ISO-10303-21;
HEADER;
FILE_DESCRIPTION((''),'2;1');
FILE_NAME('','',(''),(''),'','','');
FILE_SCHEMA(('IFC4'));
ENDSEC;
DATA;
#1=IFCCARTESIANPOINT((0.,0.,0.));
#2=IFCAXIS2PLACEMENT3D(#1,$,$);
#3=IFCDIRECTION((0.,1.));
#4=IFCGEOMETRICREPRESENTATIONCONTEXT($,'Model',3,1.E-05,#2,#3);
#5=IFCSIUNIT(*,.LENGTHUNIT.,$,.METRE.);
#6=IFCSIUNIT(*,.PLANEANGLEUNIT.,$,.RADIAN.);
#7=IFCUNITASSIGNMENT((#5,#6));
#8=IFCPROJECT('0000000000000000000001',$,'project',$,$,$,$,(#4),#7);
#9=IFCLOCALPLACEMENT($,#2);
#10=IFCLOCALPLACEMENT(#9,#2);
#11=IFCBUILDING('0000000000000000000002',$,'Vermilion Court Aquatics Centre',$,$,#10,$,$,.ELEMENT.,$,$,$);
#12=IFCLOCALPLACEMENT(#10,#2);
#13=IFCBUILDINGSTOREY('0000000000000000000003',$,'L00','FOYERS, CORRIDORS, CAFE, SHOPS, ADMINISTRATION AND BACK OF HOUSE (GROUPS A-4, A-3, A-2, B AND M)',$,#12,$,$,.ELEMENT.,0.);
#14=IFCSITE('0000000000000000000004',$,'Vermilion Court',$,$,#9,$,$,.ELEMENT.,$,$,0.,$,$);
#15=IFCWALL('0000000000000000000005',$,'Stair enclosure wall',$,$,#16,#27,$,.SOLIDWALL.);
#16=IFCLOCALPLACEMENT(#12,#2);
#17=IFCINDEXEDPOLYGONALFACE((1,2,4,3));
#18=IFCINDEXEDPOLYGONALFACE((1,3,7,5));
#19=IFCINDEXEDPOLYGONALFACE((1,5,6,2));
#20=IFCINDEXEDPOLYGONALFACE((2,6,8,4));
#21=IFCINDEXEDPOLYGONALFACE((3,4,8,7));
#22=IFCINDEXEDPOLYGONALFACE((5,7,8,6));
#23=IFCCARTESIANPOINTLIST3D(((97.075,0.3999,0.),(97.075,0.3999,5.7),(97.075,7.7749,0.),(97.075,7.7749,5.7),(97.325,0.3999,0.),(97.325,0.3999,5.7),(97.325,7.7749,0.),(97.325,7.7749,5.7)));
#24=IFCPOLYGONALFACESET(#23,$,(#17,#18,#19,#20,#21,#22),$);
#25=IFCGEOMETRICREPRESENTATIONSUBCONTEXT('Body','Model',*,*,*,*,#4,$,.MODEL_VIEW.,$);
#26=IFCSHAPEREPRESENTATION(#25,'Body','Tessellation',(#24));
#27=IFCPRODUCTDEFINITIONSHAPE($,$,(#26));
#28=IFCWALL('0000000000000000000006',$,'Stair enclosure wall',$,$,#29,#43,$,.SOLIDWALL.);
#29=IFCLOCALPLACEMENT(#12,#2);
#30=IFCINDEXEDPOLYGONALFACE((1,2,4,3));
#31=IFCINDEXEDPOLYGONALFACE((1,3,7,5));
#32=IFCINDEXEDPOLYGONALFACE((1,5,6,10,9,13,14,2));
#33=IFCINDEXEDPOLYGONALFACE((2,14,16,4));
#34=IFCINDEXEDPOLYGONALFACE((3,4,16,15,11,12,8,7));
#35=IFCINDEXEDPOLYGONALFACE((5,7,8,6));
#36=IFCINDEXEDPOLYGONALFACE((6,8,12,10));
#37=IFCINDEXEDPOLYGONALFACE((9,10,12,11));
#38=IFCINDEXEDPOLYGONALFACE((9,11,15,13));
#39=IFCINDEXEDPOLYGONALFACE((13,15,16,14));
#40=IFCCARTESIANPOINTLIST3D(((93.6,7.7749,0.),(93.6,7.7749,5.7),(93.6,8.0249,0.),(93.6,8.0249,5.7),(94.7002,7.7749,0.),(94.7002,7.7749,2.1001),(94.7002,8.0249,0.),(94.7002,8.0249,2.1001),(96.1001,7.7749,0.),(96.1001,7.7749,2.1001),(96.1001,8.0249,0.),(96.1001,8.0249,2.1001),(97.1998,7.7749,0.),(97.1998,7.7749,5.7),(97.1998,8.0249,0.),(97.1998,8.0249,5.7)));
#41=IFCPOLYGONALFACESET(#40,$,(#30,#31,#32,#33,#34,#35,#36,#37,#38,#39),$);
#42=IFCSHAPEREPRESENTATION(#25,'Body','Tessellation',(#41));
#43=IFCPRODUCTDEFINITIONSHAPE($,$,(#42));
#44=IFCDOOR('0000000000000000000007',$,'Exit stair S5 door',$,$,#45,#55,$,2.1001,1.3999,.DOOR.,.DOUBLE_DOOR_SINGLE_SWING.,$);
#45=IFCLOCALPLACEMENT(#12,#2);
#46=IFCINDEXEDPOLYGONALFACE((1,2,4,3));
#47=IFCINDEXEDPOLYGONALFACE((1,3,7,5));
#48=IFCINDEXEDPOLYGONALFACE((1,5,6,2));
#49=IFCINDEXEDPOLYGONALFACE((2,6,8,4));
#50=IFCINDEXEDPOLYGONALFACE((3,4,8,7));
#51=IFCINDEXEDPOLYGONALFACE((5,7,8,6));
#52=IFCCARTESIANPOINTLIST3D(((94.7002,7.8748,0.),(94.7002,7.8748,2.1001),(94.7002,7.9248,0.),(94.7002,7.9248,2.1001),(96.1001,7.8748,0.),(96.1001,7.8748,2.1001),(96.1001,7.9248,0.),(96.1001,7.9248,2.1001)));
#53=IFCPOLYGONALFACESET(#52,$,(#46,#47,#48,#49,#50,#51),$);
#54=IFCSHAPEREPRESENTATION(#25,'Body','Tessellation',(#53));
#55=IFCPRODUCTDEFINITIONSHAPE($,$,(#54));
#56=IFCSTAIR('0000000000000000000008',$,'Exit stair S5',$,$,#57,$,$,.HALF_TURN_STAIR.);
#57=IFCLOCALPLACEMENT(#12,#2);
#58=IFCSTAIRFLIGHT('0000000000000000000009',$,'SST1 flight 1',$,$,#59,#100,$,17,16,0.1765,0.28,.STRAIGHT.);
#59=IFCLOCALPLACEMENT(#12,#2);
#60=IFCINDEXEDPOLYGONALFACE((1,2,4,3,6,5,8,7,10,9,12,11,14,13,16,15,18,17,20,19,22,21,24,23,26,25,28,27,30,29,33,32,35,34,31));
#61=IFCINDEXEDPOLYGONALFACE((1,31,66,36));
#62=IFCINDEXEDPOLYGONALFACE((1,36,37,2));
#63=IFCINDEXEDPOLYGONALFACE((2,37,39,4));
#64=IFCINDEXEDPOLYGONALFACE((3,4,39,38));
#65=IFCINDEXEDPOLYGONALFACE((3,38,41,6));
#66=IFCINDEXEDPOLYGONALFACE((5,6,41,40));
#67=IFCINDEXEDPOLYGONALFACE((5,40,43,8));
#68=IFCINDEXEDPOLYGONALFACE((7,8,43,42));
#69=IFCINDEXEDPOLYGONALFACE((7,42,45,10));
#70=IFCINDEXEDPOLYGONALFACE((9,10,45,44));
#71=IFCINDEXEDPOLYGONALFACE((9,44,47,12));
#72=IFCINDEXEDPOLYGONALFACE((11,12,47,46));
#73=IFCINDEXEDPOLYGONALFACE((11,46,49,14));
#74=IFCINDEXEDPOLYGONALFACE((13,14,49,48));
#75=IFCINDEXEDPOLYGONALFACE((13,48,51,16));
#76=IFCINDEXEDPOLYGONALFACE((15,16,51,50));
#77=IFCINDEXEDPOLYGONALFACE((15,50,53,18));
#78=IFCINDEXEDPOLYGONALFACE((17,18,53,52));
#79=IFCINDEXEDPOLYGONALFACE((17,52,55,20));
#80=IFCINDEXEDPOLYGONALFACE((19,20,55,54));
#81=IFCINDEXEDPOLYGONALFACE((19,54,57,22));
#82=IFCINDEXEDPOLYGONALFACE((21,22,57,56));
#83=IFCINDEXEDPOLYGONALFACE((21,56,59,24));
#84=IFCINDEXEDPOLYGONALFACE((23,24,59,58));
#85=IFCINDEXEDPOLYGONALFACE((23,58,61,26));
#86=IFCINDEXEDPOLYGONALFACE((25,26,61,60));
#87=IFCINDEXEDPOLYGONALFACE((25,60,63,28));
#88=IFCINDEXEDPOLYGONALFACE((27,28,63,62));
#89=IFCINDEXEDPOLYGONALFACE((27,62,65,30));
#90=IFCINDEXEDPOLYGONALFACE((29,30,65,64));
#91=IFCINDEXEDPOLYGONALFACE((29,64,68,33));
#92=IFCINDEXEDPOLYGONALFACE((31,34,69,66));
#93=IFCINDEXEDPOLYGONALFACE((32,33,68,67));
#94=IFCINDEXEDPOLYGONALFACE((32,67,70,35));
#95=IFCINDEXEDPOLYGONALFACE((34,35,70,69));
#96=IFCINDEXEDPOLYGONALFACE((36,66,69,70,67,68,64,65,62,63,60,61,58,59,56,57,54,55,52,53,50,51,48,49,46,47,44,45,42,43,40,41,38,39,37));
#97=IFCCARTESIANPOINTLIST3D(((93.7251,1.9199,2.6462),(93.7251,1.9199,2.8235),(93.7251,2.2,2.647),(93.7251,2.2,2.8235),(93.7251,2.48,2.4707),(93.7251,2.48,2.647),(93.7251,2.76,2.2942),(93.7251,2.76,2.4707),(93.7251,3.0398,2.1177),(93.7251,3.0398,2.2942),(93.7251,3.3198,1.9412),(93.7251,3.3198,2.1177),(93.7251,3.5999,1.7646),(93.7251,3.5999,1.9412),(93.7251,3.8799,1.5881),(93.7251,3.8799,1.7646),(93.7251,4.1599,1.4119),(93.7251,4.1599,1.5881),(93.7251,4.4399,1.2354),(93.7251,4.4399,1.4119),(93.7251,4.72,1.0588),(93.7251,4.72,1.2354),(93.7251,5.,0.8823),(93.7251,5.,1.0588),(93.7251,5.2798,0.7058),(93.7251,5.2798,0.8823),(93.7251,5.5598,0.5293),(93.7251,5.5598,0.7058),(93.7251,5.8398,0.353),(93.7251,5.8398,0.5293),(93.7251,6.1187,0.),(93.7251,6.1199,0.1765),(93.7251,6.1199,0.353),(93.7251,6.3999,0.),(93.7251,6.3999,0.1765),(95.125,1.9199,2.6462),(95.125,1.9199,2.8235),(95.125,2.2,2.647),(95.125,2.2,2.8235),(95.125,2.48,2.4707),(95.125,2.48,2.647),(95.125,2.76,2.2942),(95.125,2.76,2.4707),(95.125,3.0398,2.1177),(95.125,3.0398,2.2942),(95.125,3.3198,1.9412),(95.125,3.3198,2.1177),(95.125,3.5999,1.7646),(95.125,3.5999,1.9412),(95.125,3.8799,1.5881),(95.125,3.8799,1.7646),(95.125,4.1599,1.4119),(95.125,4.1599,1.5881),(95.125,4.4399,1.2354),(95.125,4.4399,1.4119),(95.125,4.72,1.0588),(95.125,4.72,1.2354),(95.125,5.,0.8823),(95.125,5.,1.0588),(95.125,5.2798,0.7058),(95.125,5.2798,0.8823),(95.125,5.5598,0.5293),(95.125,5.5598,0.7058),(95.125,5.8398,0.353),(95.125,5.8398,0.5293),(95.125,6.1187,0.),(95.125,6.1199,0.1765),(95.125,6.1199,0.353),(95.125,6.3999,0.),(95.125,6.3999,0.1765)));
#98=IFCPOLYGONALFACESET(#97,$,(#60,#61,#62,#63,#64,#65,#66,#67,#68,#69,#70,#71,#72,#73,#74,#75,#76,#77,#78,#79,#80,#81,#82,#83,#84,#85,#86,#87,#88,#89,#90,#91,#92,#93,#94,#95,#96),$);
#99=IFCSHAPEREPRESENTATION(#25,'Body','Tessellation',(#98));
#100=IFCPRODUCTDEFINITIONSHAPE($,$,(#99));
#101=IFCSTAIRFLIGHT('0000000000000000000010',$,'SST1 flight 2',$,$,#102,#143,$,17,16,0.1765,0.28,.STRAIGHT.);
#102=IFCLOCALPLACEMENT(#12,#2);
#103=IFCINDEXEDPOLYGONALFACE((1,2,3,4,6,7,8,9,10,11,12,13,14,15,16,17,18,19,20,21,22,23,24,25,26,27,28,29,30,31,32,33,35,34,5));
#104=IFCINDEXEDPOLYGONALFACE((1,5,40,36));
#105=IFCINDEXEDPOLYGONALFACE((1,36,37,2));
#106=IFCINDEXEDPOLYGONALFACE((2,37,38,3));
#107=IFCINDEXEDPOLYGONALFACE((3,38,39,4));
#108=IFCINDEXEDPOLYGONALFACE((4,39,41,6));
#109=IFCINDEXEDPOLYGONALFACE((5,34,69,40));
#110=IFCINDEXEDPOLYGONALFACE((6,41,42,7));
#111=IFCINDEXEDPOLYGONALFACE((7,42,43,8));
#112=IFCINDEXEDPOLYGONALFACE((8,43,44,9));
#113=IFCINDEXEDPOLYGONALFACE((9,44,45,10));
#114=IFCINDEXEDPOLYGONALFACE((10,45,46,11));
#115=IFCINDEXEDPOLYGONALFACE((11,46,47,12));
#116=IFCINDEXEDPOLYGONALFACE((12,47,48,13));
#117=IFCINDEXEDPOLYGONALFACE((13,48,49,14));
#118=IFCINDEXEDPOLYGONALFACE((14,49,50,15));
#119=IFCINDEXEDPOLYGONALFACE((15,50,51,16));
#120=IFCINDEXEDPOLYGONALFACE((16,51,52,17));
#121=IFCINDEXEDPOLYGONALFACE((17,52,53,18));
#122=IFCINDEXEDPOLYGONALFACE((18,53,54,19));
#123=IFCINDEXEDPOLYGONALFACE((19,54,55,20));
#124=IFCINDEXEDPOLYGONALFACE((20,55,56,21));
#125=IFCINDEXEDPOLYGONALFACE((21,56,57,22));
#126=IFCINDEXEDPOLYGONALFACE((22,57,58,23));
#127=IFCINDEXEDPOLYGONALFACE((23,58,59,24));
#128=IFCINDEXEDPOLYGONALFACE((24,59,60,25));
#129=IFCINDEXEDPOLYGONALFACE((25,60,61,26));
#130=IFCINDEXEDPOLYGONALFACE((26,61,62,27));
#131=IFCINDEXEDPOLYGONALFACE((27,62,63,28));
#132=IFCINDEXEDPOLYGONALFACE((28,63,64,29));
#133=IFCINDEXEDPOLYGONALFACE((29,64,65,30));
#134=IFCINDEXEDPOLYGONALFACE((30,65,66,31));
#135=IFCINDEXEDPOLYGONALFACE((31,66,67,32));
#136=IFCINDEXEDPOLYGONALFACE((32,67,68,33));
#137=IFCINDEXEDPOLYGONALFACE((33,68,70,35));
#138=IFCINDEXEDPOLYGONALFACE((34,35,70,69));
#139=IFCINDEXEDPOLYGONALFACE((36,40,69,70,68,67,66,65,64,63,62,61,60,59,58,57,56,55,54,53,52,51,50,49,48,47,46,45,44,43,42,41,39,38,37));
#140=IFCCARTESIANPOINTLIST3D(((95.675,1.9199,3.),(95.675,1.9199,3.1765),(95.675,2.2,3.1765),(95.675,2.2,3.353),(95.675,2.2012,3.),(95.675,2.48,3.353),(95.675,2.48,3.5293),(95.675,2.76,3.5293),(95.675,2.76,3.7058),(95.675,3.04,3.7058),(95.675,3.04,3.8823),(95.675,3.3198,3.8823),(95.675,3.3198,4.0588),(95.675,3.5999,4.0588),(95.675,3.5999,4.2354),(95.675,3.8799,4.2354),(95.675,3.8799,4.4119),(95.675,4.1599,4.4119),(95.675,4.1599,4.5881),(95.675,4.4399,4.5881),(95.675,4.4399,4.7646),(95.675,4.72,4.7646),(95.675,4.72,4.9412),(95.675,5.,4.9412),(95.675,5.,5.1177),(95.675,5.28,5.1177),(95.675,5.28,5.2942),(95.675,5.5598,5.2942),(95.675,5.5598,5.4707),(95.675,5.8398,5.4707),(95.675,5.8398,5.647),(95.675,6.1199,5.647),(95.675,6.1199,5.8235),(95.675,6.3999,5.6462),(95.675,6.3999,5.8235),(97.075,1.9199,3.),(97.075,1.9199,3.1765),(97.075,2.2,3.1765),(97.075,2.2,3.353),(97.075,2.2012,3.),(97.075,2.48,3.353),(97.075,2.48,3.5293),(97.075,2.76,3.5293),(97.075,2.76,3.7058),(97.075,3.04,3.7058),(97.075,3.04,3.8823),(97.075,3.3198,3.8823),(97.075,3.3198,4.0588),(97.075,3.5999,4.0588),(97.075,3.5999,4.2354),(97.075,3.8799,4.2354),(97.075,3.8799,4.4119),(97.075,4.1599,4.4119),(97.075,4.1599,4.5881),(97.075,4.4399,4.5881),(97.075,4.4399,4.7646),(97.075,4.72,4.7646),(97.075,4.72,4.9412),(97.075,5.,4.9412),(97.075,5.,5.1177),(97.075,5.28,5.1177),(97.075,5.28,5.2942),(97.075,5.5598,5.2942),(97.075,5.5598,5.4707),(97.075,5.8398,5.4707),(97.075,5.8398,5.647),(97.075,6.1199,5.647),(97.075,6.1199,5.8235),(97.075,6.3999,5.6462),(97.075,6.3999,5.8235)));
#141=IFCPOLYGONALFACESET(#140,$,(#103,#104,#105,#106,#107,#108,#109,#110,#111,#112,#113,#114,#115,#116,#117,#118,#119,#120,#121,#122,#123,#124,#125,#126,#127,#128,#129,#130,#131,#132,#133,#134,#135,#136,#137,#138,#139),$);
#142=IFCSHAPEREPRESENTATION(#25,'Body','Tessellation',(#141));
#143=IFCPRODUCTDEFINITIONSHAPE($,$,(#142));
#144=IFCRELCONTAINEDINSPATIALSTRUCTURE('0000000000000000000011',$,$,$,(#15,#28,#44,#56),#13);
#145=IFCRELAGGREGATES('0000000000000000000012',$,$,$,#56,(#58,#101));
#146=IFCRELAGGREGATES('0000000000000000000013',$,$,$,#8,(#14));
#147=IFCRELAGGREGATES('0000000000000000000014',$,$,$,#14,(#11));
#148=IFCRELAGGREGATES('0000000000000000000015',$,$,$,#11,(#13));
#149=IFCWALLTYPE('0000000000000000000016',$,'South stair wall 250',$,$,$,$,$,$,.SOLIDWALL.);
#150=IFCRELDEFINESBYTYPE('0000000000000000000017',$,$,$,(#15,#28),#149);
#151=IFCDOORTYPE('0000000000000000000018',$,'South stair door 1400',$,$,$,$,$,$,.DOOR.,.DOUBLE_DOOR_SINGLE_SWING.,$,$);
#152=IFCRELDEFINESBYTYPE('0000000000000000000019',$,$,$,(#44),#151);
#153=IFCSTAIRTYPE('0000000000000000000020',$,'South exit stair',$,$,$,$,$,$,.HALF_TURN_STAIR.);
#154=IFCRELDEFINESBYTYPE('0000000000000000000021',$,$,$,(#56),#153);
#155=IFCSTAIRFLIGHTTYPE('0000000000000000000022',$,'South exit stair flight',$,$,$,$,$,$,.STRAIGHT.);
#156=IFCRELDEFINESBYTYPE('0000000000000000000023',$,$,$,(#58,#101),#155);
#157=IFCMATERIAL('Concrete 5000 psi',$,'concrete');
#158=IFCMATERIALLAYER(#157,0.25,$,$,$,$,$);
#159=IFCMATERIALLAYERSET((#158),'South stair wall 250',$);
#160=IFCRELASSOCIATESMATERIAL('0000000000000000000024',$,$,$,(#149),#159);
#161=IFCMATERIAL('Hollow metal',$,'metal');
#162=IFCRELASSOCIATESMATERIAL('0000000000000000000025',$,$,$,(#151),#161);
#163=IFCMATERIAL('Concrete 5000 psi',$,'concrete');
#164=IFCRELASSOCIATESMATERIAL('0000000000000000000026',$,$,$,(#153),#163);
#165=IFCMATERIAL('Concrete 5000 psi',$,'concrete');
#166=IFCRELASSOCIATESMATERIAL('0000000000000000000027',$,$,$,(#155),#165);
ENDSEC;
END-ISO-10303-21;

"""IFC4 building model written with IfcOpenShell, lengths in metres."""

from ifc_helpers import new_model, si_unit, direction, frame, frame_2d, origin, place, context, subcontext, project, spatial, polyline, rectangle, outline, extrude, material, layer, layer_set, type_object, element, fill, aggregate, save


model = new_model("IFC4")

# Units and contexts
model_context = context("Model", 3, precision=1e-05, world=origin(), true_north=direction((0.0, 1.0)))
body_context = subcontext(model_context, "Body", "Model", "MODEL_VIEW")
ifc_project = project(units=[si_unit("LENGTHUNIT", "METRE"), si_unit("PLANEANGLEUNIT", "RADIAN")], contexts=[model_context])

# Site, building, storey
site_placement = place(None, origin())
site = spatial("IfcSite", under=ifc_project, at=site_placement, Name="Vermilion Court", CompositionType="ELEMENT", RefElevation=0.0)
building_placement = place(site_placement, origin())
building = spatial("IfcBuilding", under=site, at=building_placement, Name="Vermilion Court Aquatics Centre", CompositionType="ELEMENT")
storey_placement = place(building_placement, origin())
storey = spatial("IfcBuildingStorey", under=building, at=storey_placement, Name="L00", Description="FOYERS, CORRIDORS, CAFE, SHOPS, ADMINISTRATION AND BACK OF HOUSE (GROUPS A-4, A-3, A-2, B AND M)", CompositionType="ELEMENT", Elevation=0.0)

# Wall
ifc_material_1 = material(Name="Concrete 5000 psi", Category="concrete")
ifc_layer_1 = layer(ifc_material_1, 0.25)
ifc_layer_set_1 = layer_set([ifc_layer_1], Name="South stair wall 250")
wall_type_1 = type_object("IfcWallType", Name="South stair wall 250", PredefinedType="SOLIDWALL", material=ifc_layer_set_1)
wall_1_placement = place(storey_placement, frame((97.2, 0.3999, 0.0), z_axis=(0.0, 0.0, 1.0), x_axis=(0.0, 1.0, 0.0)))
element("IfcWall", 1, at=wall_1_placement, inside=storey, type_object=wall_type_1, Name="Stair enclosure wall", PredefinedType="SOLIDWALL", context=body_context, shape_type="SweptSolid", body=[
    extrude(rectangle(XDim=7.375, YDim=0.25, at=frame_2d((3.6875, 0.0))), origin(), (0.0, 0.0, 1.0), 5.7),
])

# Wall, opening, door
wall_2_placement = place(storey_placement, frame((93.6001, 7.8999, 0.0), z_axis=(0.0, 0.0, 1.0), x_axis=(1.0, 0.0, 0.0)))
wall_2 = element("IfcWall", 2, at=wall_2_placement, inside=storey, type_object=wall_type_1, Name="Stair enclosure wall", PredefinedType="SOLIDWALL", context=body_context, shape_type="SweptSolid", body=[
    extrude(rectangle(XDim=3.5999, YDim=0.25, at=frame_2d((1.7998, 0.0))), origin(), (0.0, 0.0, 1.0), 5.7),
])
opening_1_placement = place(wall_2_placement, frame((1.1001, 0.0, 0.0)))
opening_1 = element("IfcOpeningElement", 3, at=opening_1_placement, cuts=wall_2, PredefinedType="OPENING", context=body_context, shape_type="SweptSolid", body=[
    extrude(rectangle(XDim=1.3999, YDim=2.1001, at=frame_2d((0.7, 1.05))), frame((0.0, 0.135, 0.0), z_axis=(0.0, -1.0, 0.0), x_axis=(1.0, 0.0, 0.0)), (0.0, 0.0, 1.0), 0.27),
])
ifc_material_2 = material(Name="Hollow metal", Category="metal")
door_type_1 = type_object("IfcDoorType", Name="South stair door 1400", OperationType="DOUBLE_DOOR_SINGLE_SWING", PredefinedType="DOOR", material=ifc_material_2)
door_1_placement = place(opening_1_placement, origin())
door_1 = element("IfcDoor", 4, at=door_1_placement, inside=storey, type_object=door_type_1, Name="Exit stair S5 door", OperationType="DOUBLE_DOOR_SINGLE_SWING", OverallHeight=2.1001, OverallWidth=1.3999, PredefinedType="DOOR", context=body_context, shape_type="SweptSolid", body=[
    extrude(rectangle(XDim=1.3999, YDim=2.1001, at=frame_2d((0.7, 1.05))), frame((0.0, 0.0249, 0.0), z_axis=(0.0, -1.0, 0.0), x_axis=(1.0, 0.0, 0.0)), (0.0, 0.0, 1.0), 0.05),
])
fill(opening_1, door_1)

# Stair, stair flights
ifc_material_3 = material(Name="Concrete 5000 psi", Category="concrete")
stair_type = type_object("IfcStairType", Name="South exit stair", PredefinedType="HALF_TURN_STAIR", material=ifc_material_3)
stair_placement = place(storey_placement, origin())
stair = element("IfcStair", 5, at=stair_placement, inside=storey, type_object=stair_type, Name="Exit stair S5", PredefinedType="HALF_TURN_STAIR")
ifc_material_4 = material(Name="Concrete 5000 psi", Category="concrete")
stair_flight_type = type_object("IfcStairFlightType", Name="South exit stair flight", PredefinedType="STRAIGHT", material=ifc_material_4)
stair_flight_1_placement = place(storey_placement, frame((94.425, 6.3999, 0.0), z_axis=(0.0, 0.0, 1.0), x_axis=(0.0, -1.0, 0.0)))
stair_flight_1 = element("IfcStairFlight", 6, at=stair_flight_1_placement, type_object=stair_flight_type, Name="SST1 flight 1", NumberOfRisers=17, NumberOfTreads=16, PredefinedType="STRAIGHT", RiserHeight=0.1765, TreadLength=0.28, context=body_context, shape_type="SweptSolid", body=[
    extrude(outline(polyline([(0.0, 0.0), (0.0, 0.1765), (0.28, 0.1765), (0.28, 0.353), (0.5601, 0.353), (0.5601, 0.5293), (0.8401, 0.5293), (0.8401, 0.7058), (1.1201, 0.7058), (1.1201, 0.8823), (1.3999, 0.8823), (1.3999, 1.0588), (1.6799, 1.0588), (1.6799, 1.2354), (1.96, 1.2354), (1.96, 1.4119), (2.24, 1.4119), (2.24, 1.5881), (2.52, 1.5881), (2.52, 1.7646), (2.8, 1.7646), (2.8, 1.9412), (3.0801, 1.9412), (3.0801, 2.1177), (3.3601, 2.1177), (3.3601, 2.2942), (3.6399, 2.2942), (3.6399, 2.4707), (3.9199, 2.4707), (3.9199, 2.647), (4.2, 2.647), (4.2, 2.8235), (4.48, 2.8235), (4.48, 3.0), (4.48, 2.6462), (0.2812, 0.0), (0.0, 0.0)])), frame((0.0, 0.7, 0.0), z_axis=(0.0, -1.0, 0.0), x_axis=(1.0, 0.0, 0.0)), (0.0, 0.0, 1.0), 1.3999),
])
stair_flight_2_placement = place(storey_placement, frame((96.375, 1.9199, 3.0), z_axis=(0.0, 0.0, 1.0), x_axis=(0.0, 1.0, 0.0)))
stair_flight_2 = element("IfcStairFlight", 7, at=stair_flight_2_placement, type_object=stair_flight_type, Name="SST1 flight 2", NumberOfRisers=17, NumberOfTreads=16, PredefinedType="STRAIGHT", RiserHeight=0.1765, TreadLength=0.28, context=body_context, shape_type="SweptSolid", body=[
    extrude(outline(polyline([(0.0, 0.0), (0.0, 0.1765), (0.28, 0.1765), (0.28, 0.353), (0.5601, 0.353), (0.5601, 0.5293), (0.8401, 0.5293), (0.8401, 0.7058), (1.1201, 0.7058), (1.1201, 0.8823), (1.3999, 0.8823), (1.3999, 1.0588), (1.6799, 1.0588), (1.6799, 1.2354), (1.96, 1.2354), (1.96, 1.4119), (2.24, 1.4119), (2.24, 1.5881), (2.52, 1.5881), (2.52, 1.7646), (2.8, 1.7646), (2.8, 1.9412), (3.0801, 1.9412), (3.0801, 2.1177), (3.3601, 2.1177), (3.3601, 2.2942), (3.6399, 2.2942), (3.6399, 2.4707), (3.9199, 2.4707), (3.9199, 2.647), (4.2, 2.647), (4.2, 2.8235), (4.48, 2.8235), (4.48, 3.0), (4.48, 2.6462), (0.2812, 0.0), (0.0, 0.0)])), frame((0.0, 0.7, 0.0), z_axis=(0.0, -1.0, 0.0), x_axis=(1.0, 0.0, 0.0)), (0.0, 0.0, 1.0), 1.3999),
])
aggregate(stair, [stair_flight_1, stair_flight_2])

save(model, "model.ifc")
